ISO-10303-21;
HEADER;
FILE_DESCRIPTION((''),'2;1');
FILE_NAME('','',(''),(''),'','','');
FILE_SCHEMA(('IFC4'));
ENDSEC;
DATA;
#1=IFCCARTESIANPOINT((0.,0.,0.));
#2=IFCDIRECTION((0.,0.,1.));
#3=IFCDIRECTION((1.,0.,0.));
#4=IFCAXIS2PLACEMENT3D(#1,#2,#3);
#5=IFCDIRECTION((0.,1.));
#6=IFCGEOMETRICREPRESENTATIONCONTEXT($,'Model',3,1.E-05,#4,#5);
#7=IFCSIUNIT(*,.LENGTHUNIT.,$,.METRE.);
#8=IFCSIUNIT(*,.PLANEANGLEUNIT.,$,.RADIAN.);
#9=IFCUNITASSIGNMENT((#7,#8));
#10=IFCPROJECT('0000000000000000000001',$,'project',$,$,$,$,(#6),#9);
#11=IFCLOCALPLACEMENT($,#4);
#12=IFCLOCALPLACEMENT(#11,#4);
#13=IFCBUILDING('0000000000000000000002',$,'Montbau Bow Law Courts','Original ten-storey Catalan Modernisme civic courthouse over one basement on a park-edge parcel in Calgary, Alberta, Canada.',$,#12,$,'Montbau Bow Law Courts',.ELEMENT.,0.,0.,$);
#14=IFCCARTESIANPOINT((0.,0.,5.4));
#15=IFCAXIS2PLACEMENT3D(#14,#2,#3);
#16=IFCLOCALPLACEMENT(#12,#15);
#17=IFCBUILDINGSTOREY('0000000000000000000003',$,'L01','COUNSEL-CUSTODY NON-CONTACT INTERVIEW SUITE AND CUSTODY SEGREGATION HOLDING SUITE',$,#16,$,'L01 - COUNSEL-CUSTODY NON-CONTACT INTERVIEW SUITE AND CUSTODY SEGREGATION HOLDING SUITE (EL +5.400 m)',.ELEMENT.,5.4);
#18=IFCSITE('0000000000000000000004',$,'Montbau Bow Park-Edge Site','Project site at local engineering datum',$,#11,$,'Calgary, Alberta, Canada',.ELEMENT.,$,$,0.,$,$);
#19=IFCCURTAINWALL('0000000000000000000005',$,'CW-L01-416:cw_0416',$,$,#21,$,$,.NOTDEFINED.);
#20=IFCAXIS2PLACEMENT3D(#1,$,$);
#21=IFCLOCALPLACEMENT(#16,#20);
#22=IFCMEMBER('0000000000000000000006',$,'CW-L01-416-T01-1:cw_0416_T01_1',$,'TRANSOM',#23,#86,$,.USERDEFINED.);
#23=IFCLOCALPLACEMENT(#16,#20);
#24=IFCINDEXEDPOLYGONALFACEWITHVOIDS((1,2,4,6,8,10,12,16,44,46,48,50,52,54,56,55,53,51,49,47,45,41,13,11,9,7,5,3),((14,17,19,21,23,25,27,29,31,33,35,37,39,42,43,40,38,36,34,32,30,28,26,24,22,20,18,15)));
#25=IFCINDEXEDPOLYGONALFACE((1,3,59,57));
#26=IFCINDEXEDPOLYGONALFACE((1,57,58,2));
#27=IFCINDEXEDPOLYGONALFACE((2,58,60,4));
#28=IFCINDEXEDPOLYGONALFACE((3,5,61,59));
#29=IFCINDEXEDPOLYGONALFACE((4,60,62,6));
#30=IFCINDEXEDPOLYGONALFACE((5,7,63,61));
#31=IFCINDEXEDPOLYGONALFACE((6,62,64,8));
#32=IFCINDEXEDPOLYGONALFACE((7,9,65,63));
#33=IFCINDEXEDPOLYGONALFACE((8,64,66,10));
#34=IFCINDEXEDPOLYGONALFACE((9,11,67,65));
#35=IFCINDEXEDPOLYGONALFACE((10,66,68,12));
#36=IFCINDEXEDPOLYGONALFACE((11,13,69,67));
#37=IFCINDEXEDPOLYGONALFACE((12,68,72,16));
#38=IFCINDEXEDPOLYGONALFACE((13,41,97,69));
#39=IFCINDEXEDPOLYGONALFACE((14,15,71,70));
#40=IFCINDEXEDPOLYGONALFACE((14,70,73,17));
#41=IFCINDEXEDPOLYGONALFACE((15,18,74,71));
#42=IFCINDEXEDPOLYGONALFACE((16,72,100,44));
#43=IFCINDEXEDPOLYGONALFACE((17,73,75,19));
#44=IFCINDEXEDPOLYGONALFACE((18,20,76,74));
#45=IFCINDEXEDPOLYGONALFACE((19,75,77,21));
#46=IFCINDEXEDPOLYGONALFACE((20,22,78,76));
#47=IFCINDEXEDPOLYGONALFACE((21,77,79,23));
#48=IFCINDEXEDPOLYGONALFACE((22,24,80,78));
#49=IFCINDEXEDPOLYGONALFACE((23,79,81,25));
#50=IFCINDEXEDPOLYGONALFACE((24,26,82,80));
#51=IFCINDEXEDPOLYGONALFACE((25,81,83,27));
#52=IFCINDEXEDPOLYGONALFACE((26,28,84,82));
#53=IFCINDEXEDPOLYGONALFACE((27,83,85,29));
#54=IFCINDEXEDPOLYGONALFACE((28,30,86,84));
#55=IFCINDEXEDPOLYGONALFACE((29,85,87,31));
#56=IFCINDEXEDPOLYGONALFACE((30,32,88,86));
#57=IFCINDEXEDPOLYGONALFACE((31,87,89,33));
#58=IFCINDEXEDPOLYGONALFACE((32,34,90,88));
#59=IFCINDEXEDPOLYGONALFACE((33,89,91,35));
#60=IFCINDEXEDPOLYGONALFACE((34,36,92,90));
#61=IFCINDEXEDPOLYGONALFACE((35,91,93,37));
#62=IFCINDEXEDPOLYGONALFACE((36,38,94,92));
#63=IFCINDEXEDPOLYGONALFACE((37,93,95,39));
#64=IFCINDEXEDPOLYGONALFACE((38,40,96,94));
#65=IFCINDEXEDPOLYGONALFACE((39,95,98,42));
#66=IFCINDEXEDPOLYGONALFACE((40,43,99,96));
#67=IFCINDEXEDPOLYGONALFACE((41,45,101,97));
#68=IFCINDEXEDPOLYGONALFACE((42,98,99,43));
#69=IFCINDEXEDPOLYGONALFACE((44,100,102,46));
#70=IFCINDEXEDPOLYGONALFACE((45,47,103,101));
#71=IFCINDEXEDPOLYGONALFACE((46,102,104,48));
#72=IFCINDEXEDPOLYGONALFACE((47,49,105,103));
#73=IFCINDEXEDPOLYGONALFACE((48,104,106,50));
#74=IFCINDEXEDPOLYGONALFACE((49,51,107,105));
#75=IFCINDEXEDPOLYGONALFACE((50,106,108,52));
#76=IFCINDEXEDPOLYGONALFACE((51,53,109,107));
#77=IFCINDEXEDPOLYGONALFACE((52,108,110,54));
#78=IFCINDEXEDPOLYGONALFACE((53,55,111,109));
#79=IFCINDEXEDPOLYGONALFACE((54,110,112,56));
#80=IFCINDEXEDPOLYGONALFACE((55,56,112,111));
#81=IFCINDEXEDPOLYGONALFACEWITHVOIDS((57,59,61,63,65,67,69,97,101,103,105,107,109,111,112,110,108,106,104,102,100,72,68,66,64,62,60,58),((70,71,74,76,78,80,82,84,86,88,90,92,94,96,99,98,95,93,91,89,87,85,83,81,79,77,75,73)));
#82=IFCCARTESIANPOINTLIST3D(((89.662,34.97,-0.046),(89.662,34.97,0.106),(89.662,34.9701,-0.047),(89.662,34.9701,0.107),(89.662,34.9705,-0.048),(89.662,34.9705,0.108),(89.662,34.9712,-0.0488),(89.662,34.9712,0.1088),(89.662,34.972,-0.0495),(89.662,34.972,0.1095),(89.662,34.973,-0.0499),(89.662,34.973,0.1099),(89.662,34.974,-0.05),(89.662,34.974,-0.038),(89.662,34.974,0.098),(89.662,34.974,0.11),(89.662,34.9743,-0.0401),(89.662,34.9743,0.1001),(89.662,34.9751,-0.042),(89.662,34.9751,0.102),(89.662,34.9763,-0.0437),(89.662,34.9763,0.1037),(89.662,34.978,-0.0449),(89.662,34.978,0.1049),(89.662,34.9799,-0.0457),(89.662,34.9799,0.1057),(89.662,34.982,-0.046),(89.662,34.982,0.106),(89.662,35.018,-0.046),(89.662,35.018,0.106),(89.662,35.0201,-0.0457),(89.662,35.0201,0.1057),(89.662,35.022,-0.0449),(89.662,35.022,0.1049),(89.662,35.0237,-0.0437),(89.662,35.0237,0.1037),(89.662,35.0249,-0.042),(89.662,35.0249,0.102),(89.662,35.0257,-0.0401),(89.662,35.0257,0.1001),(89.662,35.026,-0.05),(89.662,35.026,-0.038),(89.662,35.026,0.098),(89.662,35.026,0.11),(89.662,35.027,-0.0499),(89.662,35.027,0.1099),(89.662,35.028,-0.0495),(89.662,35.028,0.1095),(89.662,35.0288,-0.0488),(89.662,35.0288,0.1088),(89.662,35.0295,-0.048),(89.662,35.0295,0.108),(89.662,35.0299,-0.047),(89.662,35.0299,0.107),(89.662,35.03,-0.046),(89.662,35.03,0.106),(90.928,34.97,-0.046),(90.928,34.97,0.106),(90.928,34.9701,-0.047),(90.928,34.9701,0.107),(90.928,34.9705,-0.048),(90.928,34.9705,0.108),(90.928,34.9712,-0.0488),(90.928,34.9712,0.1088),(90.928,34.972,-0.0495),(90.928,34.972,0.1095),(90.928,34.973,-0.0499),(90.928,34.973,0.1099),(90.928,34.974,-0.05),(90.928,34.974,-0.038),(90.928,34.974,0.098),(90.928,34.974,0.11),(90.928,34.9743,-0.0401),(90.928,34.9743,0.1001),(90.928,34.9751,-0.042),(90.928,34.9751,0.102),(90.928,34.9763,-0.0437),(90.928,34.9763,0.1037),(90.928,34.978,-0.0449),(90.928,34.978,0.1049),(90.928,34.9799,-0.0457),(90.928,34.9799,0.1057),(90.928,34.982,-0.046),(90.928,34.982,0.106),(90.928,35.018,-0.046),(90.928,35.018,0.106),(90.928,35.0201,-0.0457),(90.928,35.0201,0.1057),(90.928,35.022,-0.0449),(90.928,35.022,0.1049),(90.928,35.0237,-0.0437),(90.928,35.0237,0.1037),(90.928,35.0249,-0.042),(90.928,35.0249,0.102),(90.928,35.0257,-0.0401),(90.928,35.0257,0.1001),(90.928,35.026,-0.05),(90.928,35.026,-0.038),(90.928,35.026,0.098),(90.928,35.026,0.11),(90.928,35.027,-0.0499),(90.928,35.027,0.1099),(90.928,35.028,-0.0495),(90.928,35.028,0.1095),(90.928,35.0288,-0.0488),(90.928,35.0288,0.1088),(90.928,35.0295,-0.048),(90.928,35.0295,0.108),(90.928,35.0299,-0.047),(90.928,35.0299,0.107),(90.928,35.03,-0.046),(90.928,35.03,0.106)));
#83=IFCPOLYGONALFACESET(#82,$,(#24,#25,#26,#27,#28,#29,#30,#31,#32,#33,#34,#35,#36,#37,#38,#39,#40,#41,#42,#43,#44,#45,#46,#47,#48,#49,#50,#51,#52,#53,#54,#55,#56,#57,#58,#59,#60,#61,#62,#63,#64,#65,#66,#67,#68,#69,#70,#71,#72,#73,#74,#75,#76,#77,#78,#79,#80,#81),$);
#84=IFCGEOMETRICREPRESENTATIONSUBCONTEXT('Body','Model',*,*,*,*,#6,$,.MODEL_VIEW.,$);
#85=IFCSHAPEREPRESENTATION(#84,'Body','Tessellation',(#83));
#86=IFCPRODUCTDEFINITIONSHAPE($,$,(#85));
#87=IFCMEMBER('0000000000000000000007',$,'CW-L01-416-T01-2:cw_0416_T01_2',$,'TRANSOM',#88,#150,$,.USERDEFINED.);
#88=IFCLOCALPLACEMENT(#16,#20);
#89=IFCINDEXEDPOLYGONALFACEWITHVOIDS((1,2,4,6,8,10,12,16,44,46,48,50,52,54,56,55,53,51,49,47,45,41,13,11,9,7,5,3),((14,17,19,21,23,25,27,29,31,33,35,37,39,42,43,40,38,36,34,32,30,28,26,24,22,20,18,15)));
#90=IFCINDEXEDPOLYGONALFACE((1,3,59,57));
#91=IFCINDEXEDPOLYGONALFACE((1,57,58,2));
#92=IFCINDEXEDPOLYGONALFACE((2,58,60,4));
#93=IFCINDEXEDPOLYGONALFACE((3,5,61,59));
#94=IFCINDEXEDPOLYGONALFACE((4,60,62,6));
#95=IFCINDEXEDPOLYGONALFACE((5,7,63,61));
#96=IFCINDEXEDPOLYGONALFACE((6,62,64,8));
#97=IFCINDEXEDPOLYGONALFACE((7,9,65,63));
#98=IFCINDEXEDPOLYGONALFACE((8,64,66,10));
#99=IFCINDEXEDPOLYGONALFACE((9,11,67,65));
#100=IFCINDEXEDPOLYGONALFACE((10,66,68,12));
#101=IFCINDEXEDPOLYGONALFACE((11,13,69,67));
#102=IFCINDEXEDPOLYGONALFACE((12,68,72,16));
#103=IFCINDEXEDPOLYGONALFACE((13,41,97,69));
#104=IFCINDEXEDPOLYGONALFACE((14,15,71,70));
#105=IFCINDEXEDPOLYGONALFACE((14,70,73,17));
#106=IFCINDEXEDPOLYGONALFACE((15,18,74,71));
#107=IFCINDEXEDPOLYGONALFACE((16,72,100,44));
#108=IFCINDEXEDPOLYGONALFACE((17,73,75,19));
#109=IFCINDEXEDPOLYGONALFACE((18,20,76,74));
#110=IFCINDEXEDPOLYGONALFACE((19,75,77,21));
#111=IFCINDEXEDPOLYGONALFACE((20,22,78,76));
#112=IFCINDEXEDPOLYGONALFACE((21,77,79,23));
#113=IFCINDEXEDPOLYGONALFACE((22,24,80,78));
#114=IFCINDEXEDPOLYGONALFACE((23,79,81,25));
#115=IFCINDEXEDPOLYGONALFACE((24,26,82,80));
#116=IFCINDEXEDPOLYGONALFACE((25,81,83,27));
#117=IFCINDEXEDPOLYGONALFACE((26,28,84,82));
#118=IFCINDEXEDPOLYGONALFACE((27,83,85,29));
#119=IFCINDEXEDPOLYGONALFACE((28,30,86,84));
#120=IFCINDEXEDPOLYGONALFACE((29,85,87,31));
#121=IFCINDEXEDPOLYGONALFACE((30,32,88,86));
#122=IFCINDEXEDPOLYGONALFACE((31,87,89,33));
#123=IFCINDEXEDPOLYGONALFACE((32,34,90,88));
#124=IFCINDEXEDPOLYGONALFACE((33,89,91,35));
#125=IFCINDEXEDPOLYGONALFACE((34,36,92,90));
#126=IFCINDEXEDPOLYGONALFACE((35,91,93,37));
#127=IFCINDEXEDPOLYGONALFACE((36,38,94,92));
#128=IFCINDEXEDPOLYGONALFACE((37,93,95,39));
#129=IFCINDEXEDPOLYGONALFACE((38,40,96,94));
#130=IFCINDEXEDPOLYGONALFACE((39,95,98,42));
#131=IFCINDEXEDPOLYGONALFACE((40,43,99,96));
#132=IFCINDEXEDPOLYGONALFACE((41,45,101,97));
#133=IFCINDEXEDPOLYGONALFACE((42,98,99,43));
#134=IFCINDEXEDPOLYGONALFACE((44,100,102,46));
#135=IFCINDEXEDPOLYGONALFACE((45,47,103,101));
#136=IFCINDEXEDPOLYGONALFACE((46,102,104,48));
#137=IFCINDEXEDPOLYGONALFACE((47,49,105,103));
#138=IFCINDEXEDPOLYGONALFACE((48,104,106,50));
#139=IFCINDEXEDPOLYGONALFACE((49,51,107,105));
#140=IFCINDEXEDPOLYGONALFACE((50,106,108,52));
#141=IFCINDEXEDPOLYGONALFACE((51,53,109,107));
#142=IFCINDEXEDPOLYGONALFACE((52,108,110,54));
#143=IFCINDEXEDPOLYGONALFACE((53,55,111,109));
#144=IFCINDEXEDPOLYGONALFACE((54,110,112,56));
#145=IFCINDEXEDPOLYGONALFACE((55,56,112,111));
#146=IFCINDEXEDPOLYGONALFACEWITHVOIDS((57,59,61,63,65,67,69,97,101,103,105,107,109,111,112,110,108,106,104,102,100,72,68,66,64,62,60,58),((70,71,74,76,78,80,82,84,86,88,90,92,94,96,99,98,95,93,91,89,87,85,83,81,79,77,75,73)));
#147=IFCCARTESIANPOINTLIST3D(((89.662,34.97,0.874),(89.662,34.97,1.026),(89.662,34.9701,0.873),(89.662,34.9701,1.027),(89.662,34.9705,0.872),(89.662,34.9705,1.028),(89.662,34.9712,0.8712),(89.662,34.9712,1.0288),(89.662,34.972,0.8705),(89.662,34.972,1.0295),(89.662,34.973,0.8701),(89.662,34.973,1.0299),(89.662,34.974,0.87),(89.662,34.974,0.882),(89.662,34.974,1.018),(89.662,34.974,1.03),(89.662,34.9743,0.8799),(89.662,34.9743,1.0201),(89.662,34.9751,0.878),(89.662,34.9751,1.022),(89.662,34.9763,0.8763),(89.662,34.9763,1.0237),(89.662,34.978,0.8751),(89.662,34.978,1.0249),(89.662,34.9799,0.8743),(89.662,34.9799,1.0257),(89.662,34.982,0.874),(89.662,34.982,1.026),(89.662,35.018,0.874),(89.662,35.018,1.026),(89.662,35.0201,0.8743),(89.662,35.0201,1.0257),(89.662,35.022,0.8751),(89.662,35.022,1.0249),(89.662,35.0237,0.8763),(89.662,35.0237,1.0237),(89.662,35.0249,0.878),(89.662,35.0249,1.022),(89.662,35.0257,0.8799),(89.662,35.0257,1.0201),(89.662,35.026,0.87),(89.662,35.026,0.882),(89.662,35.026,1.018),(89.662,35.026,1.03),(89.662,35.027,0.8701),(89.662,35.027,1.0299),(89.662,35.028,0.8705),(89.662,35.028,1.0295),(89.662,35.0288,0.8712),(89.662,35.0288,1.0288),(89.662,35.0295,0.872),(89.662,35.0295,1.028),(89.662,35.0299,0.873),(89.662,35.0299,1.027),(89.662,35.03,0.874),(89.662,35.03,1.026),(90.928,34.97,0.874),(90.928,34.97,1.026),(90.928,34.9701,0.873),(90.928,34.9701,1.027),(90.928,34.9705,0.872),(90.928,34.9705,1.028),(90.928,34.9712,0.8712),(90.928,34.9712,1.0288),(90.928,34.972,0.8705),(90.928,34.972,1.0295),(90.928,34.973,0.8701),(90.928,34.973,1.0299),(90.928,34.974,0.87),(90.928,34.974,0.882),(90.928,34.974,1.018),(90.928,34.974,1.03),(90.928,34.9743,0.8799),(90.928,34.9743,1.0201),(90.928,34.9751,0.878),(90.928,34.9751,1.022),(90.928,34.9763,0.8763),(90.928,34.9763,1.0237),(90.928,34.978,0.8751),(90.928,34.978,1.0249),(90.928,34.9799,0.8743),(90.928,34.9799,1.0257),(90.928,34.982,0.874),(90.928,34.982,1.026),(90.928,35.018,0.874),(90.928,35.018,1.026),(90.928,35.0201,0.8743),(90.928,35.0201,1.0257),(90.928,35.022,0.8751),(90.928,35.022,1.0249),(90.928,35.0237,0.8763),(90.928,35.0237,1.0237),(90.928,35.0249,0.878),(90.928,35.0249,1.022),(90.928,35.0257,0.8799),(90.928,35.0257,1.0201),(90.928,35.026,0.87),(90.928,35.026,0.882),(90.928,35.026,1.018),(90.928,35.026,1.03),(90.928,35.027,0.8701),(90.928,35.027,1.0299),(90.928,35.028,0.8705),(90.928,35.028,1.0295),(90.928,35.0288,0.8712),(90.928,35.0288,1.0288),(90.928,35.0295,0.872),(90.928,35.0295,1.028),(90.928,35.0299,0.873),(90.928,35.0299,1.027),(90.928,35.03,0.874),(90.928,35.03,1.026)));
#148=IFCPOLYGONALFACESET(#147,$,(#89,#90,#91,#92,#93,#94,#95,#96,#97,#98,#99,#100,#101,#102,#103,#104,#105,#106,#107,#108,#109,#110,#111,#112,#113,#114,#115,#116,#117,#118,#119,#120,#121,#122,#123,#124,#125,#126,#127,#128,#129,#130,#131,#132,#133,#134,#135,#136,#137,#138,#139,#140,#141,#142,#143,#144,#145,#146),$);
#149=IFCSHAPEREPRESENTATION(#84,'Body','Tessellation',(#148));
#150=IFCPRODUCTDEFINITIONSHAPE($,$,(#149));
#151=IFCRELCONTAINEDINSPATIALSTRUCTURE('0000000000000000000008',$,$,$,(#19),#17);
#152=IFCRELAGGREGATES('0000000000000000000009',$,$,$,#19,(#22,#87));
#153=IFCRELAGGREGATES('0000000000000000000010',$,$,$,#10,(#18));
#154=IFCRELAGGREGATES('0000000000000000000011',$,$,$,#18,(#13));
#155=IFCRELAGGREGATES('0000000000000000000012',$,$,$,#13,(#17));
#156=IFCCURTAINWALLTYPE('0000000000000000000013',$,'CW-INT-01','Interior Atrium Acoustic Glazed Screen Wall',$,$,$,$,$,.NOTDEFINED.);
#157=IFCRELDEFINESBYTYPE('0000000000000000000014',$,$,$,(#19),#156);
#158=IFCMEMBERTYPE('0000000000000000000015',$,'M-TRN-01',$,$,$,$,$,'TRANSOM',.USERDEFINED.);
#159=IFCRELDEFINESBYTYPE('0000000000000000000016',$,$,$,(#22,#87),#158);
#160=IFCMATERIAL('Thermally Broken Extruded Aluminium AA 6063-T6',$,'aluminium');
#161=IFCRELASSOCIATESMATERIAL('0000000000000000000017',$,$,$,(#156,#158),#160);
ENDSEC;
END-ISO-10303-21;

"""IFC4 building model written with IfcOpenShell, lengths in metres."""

from ifc_helpers import new_model, si_unit, direction, frame, origin_with_axes, origin_2d_with_axis, place, context, subcontext, project, spatial, hollow_rectangle, extrude, material, material_profile, profile_set, type_object, element, aggregate, save


model = new_model("IFC4")

# Units and contexts
model_context = context("Model", 3, precision=1e-05, world=origin_with_axes(), true_north=direction((0.0, 1.0)))
body_context = subcontext(model_context, "Body", "Model", "MODEL_VIEW")
ifc_project = project(units=[si_unit("LENGTHUNIT", "METRE"), si_unit("PLANEANGLEUNIT", "RADIAN")], contexts=[model_context])

# Site, building, storey
site_placement = place(None, origin_with_axes())
site = spatial("IfcSite", under=ifc_project, at=site_placement, Name="Montbau Bow Park-Edge Site", Description="Project site at local engineering datum", LongName="Calgary, Alberta, Canada", CompositionType="ELEMENT", RefElevation=0.0)
building_placement = place(site_placement, origin_with_axes())
building = spatial("IfcBuilding", under=site, at=building_placement, Name="Montbau Bow Law Courts", Description="Original ten-storey Catalan Modernisme civic courthouse over one basement on a park-edge parcel in Calgary, Alberta, Canada.", LongName="Montbau Bow Law Courts", CompositionType="ELEMENT", ElevationOfRefHeight=0.0, ElevationOfTerrain=0.0)
storey_placement = place(building_placement, frame((0.0, 0.0, 5.4), z_axis=(0.0, 0.0, 1.0), x_axis=(1.0, 0.0, 0.0)))
storey = spatial("IfcBuildingStorey", under=building, at=storey_placement, Name="L01", Description="COUNSEL-CUSTODY NON-CONTACT INTERVIEW SUITE AND CUSTODY SEGREGATION HOLDING SUITE", LongName="L01 - COUNSEL-CUSTODY NON-CONTACT INTERVIEW SUITE AND CUSTODY SEGREGATION HOLDING SUITE (EL +5.400 m)", CompositionType="ELEMENT", Elevation=5.4)

# Curtain wall, members
ifc_material_1 = material(Name="Thermally Broken Extruded Aluminium AA 6063-T6", Category="aluminium")
curtain_wall_type = type_object("IfcCurtainWallType", Name="CW-INT-01", Description="Interior Atrium Acoustic Glazed Screen Wall", PredefinedType="NOTDEFINED", material=ifc_material_1)
curtain_wall_placement = place(None, frame((89.6, 35.0, 5.4), z_axis=(0.0, 0.0, 1.0), x_axis=(1.0, 0.0, 0.0)))
curtain_wall = element("IfcCurtainWall", 1, at=curtain_wall_placement, inside=storey, type_object=curtain_wall_type, Name="CW-L01-416:cw_0416", PredefinedType="NOTDEFINED")
ifc_material_profile_1 = material_profile(ifc_material_1, hollow_rectangle(XDim=0.06, YDim=0.16, WallThickness=0.004, InnerFilletRadius=0.008, OuterFilletRadius=0.004, at=origin_2d_with_axis()), Name="CWT-160X60", Category="Main", Priority=0)
ifc_profile_set_1 = profile_set([ifc_material_profile_1], Name="Thermally Broken Extruded Aluminium AA 6063-T6")
member_type_1 = type_object("IfcMemberType", Name="M-TRN-01", ElementType="TRANSOM", PredefinedType="USERDEFINED", material=ifc_profile_set_1)
member_1_placement = place(None, frame((89.662, 35.0, 5.43), z_axis=(1.0, 0.0, 0.0), x_axis=(0.0, 1.0, 0.0)))
member_1 = element("IfcMember", 2, at=member_1_placement, type_object=member_type_1, Name="CW-L01-416-T01-1:cw_0416_T01_1", ObjectType="TRANSOM", PredefinedType="USERDEFINED", context=body_context, shape_type="SweptSolid", body=[
    extrude(hollow_rectangle(XDim=0.06, YDim=0.16, WallThickness=0.004, InnerFilletRadius=0.008, OuterFilletRadius=0.004, at=origin_2d_with_axis()), origin_with_axes(), (0.0, 0.0, 1.0), 1.266),
])
member_2_placement = place(None, frame((89.662, 35.0, 6.35), z_axis=(1.0, 0.0, 0.0), x_axis=(0.0, 1.0, 0.0)))
member_2 = element("IfcMember", 3, at=member_2_placement, type_object=member_type_1, Name="CW-L01-416-T01-2:cw_0416_T01_2", ObjectType="TRANSOM", PredefinedType="USERDEFINED", context=body_context, shape_type="SweptSolid", body=[
    extrude(hollow_rectangle(XDim=0.06, YDim=0.16, WallThickness=0.004, InnerFilletRadius=0.008, OuterFilletRadius=0.004, at=origin_2d_with_axis()), origin_with_axes(), (0.0, 0.0, 1.0), 1.266),
])
aggregate(curtain_wall, [member_1, member_2])

save(model, "model.ifc")
